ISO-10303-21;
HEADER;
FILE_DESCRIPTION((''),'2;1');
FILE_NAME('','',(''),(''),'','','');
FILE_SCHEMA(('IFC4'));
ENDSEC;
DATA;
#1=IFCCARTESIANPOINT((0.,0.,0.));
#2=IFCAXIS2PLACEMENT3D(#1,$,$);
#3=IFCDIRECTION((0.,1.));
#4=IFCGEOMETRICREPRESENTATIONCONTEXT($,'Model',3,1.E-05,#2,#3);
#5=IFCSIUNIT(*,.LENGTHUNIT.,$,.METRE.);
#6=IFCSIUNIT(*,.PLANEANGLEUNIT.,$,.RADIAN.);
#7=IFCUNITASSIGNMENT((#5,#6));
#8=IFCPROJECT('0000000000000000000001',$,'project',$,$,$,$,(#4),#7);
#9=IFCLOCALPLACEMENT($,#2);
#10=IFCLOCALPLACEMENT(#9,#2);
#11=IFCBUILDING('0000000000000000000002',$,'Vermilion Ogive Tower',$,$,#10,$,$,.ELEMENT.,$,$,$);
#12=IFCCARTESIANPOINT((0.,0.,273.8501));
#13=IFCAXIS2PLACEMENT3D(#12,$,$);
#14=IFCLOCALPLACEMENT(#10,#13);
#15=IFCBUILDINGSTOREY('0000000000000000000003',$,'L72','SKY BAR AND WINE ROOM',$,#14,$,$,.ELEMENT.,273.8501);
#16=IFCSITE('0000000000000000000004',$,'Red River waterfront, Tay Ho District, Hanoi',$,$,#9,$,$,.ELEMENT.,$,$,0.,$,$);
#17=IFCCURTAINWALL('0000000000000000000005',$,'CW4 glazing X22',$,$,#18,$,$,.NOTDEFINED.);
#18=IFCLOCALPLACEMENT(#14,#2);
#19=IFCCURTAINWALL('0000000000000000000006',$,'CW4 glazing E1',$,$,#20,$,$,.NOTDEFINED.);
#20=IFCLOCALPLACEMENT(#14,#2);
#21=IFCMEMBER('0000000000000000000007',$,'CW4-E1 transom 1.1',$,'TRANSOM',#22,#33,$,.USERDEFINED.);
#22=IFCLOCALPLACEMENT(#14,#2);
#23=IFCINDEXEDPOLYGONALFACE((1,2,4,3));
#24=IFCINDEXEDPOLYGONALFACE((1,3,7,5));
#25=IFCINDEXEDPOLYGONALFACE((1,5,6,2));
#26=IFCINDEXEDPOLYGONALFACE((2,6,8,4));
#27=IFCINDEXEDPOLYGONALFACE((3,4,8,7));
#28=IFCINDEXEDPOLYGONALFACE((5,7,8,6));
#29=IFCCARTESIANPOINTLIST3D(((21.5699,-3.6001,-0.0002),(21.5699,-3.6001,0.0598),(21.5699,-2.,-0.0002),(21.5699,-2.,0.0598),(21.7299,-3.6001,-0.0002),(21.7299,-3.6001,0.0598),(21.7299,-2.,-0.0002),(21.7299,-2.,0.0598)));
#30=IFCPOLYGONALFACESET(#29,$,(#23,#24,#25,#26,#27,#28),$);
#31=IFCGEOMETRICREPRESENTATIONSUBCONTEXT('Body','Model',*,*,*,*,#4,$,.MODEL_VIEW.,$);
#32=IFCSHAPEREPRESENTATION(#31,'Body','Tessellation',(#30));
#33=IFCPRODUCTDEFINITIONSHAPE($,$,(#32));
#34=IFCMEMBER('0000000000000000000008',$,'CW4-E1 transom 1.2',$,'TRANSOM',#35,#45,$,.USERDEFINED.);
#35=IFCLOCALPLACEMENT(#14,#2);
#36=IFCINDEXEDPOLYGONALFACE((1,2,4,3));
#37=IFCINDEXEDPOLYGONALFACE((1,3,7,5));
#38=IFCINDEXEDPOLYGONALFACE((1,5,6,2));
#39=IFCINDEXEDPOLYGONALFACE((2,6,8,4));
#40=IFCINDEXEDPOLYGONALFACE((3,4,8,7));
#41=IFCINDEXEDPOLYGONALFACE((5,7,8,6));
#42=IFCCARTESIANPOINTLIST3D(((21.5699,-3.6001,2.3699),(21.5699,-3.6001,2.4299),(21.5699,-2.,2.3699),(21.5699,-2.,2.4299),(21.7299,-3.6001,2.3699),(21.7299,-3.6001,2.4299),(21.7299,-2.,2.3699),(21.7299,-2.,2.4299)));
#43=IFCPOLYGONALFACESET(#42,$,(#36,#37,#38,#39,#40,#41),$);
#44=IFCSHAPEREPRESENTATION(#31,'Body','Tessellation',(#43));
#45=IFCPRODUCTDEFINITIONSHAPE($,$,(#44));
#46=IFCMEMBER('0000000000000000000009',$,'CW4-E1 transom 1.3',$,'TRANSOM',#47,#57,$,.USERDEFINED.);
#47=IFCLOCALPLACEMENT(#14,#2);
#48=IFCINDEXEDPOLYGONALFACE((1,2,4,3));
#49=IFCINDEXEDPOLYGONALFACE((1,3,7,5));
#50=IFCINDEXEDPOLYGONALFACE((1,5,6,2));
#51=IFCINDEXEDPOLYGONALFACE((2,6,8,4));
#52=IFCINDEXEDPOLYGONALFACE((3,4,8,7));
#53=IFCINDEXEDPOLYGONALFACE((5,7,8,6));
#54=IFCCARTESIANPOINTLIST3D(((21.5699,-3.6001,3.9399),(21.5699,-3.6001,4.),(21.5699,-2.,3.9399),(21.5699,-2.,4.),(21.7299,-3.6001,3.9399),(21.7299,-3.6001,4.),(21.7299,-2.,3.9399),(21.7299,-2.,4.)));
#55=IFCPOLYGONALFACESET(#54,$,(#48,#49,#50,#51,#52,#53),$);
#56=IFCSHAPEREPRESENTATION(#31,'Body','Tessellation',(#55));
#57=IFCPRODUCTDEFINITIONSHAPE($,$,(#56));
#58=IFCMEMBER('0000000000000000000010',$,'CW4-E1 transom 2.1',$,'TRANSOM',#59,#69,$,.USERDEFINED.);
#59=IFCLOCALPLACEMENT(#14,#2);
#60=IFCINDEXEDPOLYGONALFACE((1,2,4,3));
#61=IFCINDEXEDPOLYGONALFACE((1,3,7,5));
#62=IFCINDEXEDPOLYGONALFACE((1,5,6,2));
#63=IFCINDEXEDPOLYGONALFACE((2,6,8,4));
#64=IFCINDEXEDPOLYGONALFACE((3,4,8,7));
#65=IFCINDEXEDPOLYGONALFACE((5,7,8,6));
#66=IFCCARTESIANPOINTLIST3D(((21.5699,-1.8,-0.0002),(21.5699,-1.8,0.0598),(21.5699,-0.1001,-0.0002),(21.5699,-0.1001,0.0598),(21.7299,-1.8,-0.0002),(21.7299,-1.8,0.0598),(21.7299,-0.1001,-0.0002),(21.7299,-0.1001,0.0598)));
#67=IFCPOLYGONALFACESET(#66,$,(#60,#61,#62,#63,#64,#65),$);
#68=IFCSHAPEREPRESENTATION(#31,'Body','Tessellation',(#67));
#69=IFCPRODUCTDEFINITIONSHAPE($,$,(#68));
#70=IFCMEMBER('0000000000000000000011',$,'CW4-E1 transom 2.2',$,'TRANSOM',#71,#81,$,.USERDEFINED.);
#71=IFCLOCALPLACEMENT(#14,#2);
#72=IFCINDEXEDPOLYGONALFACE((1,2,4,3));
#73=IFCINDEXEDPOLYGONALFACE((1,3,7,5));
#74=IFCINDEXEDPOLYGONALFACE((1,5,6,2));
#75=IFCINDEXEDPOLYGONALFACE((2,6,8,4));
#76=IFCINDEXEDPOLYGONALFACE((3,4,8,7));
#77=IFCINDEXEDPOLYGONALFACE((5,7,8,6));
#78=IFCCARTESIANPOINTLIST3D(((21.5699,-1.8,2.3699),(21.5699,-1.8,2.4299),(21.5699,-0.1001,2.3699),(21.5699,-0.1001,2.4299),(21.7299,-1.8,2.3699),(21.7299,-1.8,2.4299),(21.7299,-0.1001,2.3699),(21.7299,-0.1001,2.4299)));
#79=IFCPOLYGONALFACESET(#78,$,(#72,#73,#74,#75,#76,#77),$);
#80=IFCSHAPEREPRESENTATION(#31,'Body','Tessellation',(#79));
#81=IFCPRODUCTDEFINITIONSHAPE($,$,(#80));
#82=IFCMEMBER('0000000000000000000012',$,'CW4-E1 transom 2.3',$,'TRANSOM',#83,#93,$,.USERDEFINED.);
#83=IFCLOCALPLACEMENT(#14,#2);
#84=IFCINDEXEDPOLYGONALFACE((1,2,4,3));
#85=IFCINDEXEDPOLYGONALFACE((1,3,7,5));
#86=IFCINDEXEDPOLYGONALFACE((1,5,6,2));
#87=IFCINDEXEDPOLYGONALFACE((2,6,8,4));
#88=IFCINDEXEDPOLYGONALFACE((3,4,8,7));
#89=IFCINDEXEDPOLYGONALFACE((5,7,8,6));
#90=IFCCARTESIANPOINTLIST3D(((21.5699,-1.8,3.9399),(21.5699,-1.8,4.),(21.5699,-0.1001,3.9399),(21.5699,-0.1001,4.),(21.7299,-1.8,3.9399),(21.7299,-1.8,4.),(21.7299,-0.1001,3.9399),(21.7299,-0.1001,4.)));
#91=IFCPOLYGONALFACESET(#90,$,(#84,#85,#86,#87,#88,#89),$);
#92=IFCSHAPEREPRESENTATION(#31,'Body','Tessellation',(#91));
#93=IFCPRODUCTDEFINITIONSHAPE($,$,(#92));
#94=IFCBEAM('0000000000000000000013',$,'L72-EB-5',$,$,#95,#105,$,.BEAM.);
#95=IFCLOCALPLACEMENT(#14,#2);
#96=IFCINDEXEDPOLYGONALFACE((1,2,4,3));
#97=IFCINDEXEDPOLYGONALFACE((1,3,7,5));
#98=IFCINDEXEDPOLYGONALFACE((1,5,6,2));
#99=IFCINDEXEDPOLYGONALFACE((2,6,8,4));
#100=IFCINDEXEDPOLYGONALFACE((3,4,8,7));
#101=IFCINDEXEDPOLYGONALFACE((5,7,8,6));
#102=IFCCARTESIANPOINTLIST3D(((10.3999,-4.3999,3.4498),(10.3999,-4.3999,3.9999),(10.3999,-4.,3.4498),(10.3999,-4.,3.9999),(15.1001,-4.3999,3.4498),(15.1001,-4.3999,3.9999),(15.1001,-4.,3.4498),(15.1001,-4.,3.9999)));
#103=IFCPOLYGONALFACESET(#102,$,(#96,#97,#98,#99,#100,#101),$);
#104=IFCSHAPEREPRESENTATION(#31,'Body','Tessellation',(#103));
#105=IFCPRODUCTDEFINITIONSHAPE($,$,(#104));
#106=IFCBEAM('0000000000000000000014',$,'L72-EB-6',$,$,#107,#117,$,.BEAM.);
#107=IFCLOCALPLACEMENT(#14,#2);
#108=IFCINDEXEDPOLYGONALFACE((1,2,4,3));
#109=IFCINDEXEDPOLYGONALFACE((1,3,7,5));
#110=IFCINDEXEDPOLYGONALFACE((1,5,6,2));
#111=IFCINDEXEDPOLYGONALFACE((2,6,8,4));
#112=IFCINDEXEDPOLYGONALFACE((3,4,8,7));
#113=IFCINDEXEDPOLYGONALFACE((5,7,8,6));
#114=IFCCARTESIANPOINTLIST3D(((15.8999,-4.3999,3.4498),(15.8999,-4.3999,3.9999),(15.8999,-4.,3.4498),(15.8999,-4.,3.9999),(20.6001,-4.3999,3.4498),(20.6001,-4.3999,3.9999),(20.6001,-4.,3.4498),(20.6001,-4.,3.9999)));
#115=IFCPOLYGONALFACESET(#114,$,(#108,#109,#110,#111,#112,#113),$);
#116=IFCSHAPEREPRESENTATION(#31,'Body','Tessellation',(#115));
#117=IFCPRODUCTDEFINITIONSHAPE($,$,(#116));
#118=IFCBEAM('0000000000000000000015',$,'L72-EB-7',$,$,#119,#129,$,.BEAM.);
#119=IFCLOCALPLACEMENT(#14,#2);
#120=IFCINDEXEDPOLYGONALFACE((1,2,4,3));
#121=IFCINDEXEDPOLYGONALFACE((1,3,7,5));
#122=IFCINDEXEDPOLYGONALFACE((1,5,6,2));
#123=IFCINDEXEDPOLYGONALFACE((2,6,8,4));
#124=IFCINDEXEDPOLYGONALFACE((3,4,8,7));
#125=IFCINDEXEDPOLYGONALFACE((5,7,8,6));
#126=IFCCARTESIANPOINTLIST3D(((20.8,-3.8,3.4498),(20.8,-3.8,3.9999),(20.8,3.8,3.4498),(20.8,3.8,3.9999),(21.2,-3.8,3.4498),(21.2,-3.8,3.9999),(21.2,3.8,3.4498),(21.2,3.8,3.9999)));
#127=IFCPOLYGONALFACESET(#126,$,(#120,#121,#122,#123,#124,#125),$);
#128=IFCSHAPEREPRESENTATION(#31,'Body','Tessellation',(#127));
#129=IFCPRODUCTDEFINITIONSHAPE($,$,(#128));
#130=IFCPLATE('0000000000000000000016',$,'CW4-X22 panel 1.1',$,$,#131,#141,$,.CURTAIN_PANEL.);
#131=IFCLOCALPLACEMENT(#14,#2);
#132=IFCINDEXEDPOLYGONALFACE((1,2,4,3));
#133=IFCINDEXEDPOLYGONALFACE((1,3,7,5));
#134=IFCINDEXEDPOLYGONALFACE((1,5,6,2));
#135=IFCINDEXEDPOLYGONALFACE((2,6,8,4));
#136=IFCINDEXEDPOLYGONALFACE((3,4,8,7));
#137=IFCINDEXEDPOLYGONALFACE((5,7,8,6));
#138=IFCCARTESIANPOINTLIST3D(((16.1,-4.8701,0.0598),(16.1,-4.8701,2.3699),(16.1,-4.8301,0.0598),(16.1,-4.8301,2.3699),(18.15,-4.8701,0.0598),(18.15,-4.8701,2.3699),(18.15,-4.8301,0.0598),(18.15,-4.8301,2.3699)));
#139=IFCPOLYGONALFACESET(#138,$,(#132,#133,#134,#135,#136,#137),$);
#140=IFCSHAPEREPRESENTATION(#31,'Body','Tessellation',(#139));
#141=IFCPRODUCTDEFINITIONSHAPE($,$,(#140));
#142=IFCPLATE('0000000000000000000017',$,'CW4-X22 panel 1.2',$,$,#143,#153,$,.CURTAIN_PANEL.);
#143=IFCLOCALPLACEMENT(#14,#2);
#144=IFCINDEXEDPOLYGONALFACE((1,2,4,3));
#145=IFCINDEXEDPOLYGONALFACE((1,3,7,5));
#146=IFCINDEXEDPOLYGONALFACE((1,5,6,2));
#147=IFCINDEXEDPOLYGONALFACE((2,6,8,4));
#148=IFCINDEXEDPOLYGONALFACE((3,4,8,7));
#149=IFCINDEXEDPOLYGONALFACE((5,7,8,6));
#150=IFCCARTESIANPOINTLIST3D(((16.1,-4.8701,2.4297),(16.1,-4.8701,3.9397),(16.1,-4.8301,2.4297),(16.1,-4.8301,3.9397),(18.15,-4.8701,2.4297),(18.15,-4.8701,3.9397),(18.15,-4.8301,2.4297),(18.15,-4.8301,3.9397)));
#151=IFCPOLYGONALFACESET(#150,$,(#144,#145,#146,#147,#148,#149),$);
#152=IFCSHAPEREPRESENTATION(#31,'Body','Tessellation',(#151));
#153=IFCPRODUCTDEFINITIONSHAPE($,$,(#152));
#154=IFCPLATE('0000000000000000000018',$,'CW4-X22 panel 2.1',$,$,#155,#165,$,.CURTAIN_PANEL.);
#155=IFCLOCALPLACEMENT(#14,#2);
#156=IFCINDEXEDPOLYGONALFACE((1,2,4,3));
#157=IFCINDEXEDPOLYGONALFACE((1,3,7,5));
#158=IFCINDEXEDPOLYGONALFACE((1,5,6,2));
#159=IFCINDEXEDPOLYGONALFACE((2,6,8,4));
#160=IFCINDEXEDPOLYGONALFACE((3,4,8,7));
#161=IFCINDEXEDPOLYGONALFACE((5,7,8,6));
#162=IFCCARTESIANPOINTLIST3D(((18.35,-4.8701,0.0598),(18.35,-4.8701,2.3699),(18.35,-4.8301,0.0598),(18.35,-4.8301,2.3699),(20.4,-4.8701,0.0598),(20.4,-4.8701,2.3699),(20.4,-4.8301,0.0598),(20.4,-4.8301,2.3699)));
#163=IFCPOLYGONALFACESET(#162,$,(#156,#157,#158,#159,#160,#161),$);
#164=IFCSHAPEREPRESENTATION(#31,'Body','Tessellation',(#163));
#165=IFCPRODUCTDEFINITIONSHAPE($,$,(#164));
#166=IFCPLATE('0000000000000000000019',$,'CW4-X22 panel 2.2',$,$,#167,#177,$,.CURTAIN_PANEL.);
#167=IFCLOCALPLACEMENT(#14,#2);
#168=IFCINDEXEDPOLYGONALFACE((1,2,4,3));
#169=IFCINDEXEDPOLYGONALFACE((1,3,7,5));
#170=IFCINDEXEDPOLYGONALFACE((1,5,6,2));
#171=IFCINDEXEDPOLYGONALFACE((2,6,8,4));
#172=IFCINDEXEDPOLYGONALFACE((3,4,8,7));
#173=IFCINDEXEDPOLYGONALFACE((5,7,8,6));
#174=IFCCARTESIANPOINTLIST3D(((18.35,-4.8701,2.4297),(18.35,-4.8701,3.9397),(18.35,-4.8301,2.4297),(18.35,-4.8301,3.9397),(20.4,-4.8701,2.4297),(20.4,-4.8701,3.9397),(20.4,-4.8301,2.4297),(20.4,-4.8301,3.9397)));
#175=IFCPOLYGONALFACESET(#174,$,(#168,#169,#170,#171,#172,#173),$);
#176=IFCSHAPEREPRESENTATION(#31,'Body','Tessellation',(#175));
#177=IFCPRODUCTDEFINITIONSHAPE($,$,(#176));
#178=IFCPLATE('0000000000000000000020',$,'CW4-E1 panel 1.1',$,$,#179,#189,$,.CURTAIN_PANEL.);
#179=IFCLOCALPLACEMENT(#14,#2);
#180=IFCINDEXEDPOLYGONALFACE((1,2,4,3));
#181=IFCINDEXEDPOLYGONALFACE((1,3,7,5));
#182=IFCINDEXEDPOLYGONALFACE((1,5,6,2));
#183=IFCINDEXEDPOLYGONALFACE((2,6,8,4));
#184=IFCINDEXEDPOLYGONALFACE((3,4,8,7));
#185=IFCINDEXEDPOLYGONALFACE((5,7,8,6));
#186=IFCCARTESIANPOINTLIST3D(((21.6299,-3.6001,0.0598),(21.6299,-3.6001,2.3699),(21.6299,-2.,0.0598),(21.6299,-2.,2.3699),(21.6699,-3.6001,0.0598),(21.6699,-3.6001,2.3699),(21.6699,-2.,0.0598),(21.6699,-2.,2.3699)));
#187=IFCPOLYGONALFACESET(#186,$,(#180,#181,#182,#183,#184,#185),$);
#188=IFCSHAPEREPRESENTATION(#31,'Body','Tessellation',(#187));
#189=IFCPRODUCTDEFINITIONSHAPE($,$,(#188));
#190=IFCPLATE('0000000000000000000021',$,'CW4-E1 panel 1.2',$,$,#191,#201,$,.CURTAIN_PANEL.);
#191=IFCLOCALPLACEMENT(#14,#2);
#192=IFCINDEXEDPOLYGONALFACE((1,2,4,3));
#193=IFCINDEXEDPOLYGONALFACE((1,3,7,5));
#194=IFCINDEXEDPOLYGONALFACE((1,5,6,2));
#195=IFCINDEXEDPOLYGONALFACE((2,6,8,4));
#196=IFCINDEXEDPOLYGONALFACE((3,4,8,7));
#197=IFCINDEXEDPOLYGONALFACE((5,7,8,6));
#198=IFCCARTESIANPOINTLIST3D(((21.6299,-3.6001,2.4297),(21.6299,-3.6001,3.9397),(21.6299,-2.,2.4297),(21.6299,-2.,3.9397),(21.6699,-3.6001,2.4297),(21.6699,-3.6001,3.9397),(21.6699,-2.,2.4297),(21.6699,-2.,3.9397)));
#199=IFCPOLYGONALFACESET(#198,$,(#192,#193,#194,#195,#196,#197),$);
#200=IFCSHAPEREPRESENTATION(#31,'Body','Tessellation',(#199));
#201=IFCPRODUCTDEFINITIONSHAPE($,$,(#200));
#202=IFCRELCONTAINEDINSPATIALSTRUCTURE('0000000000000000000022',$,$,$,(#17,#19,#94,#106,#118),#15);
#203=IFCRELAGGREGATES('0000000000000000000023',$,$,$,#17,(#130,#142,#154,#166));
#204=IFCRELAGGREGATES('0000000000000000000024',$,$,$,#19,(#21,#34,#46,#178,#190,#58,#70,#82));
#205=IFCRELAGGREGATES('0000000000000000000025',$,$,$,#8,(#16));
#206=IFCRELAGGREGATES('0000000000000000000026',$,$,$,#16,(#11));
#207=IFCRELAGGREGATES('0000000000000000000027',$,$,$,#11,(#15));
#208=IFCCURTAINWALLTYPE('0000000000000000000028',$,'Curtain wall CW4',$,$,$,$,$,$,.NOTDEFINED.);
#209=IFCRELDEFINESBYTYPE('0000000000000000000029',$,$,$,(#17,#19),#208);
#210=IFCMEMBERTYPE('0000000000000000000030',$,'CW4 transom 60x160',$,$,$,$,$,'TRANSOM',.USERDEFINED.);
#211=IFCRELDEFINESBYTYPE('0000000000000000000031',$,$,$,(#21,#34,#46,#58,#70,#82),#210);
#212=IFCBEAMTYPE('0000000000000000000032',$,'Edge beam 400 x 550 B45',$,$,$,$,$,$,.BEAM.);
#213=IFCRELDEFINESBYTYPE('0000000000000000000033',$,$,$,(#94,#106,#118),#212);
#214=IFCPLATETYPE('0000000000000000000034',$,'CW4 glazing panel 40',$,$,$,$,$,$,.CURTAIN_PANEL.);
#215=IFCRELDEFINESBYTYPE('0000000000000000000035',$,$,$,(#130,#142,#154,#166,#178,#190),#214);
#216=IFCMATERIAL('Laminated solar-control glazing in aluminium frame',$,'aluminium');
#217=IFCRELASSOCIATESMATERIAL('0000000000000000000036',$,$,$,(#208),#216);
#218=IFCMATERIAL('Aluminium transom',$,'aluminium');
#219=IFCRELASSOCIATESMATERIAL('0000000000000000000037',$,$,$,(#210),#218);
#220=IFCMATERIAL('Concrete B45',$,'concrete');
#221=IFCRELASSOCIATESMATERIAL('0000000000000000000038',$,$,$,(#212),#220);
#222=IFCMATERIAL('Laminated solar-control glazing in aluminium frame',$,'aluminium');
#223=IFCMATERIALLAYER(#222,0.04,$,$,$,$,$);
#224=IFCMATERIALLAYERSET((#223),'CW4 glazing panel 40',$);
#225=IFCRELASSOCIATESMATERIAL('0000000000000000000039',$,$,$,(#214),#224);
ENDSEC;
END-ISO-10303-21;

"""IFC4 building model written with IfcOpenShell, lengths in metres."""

from ifc_helpers import new_model, si_unit, direction, frame, origin, origin_2d, place, context, subcontext, project, spatial, rectangle, extrude, material, layer, layer_set, material_profile, profile_set, type_object, element, aggregate, save


model = new_model("IFC4")

# Units and contexts
model_context = context("Model", 3, precision=1e-05, world=origin(), true_north=direction((0.0, 1.0)))
body_context = subcontext(model_context, "Body", "Model", "MODEL_VIEW")
ifc_project = project(units=[si_unit("LENGTHUNIT", "METRE"), si_unit("PLANEANGLEUNIT", "RADIAN")], contexts=[model_context])

# Site, building, storey
site_placement = place(None, origin())
site = spatial("IfcSite", under=ifc_project, at=site_placement, Name="Red River waterfront, Tay Ho District, Hanoi", CompositionType="ELEMENT", RefElevation=0.0)
building_placement = place(site_placement, origin())
building = spatial("IfcBuilding", under=site, at=building_placement, Name="Vermilion Ogive Tower", CompositionType="ELEMENT")
storey_placement = place(building_placement, frame((0.0, 0.0, 273.8501)))
storey = spatial("IfcBuildingStorey", under=building, at=storey_placement, Name="L72", Description="SKY BAR AND WINE ROOM", CompositionType="ELEMENT", Elevation=273.8501)

# Shared definitions
ifc_material_1 = material(Name="Laminated solar-control glazing in aluminium frame", Category="aluminium")
curtain_wall_type = type_object("IfcCurtainWallType", Name="Curtain wall CW4", PredefinedType="NOTDEFINED", material=ifc_material_1)

# Curtain walls
curtain_wall_1_placement = place(storey_placement, origin())
curtain_wall_1 = element("IfcCurtainWall", 1, at=curtain_wall_1_placement, inside=storey, type_object=curtain_wall_type, Name="CW4 glazing X22", PredefinedType="NOTDEFINED")
curtain_wall_2_placement = place(storey_placement, origin())
curtain_wall_2 = element("IfcCurtainWall", 2, at=curtain_wall_2_placement, inside=storey, type_object=curtain_wall_type, Name="CW4 glazing E1", PredefinedType="NOTDEFINED")

# Members
ifc_material_2 = material(Name="Aluminium transom", Category="aluminium")
ifc_material_profile_1 = material_profile(ifc_material_2, rectangle(XDim=0.1599, YDim=0.0601, at=origin_2d()), Name="AL 60x160")
ifc_profile_set_1 = profile_set([ifc_material_profile_1], Name="Aluminium transom")
member_type_1 = type_object("IfcMemberType", Name="CW4 transom 60x160", ElementType="TRANSOM", PredefinedType="USERDEFINED", material=ifc_profile_set_1)
member_1_placement = place(storey_placement, frame((21.6499, -3.6001, 0.0298), z_axis=(0.0, 1.0, 0.0), x_axis=(-1.0, 0.0, 0.0)))
member_1 = element("IfcMember", 3, at=member_1_placement, type_object=member_type_1, Name="CW4-E1 transom 1.1", ObjectType="TRANSOM", PredefinedType="USERDEFINED", context=body_context, shape_type="SweptSolid", body=[
    extrude(rectangle(XDim=0.1599, YDim=0.0601, at=origin_2d()), origin(), (0.0, 0.0, 1.0), 1.6001),
])
member_2_placement = place(storey_placement, frame((21.6499, -3.6001, 2.3999), z_axis=(0.0, 1.0, 0.0), x_axis=(-1.0, 0.0, 0.0)))
member_2 = element("IfcMember", 4, at=member_2_placement, type_object=member_type_1, Name="CW4-E1 transom 1.2", ObjectType="TRANSOM", PredefinedType="USERDEFINED", context=body_context, shape_type="SweptSolid", body=[
    extrude(rectangle(XDim=0.1599, YDim=0.0601, at=origin_2d()), origin(), (0.0, 0.0, 1.0), 1.6001),
])
member_3_placement = place(storey_placement, frame((21.6499, -3.6001, 3.97), z_axis=(0.0, 1.0, 0.0), x_axis=(-1.0, 0.0, 0.0)))
member_3 = element("IfcMember", 5, at=member_3_placement, type_object=member_type_1, Name="CW4-E1 transom 1.3", ObjectType="TRANSOM", PredefinedType="USERDEFINED", context=body_context, shape_type="SweptSolid", body=[
    extrude(rectangle(XDim=0.1599, YDim=0.0601, at=origin_2d()), origin(), (0.0, 0.0, 1.0), 1.6001),
])
member_4_placement = place(storey_placement, frame((21.6499, -1.8, 0.0298), z_axis=(0.0, 1.0, 0.0), x_axis=(-1.0, 0.0, 0.0)))
member_4 = element("IfcMember", 6, at=member_4_placement, type_object=member_type_1, Name="CW4-E1 transom 2.1", ObjectType="TRANSOM", PredefinedType="USERDEFINED", context=body_context, shape_type="SweptSolid", body=[
    extrude(rectangle(XDim=0.1599, YDim=0.0601, at=origin_2d()), origin(), (0.0, 0.0, 1.0), 1.7),
])
member_5_placement = place(storey_placement, frame((21.6499, -1.8, 2.3999), z_axis=(0.0, 1.0, 0.0), x_axis=(-1.0, 0.0, 0.0)))
member_5 = element("IfcMember", 7, at=member_5_placement, type_object=member_type_1, Name="CW4-E1 transom 2.2", ObjectType="TRANSOM", PredefinedType="USERDEFINED", context=body_context, shape_type="SweptSolid", body=[
    extrude(rectangle(XDim=0.1599, YDim=0.0601, at=origin_2d()), origin(), (0.0, 0.0, 1.0), 1.7),
])
member_6_placement = place(storey_placement, frame((21.6499, -1.8, 3.97), z_axis=(0.0, 1.0, 0.0), x_axis=(-1.0, 0.0, 0.0)))
member_6 = element("IfcMember", 8, at=member_6_placement, type_object=member_type_1, Name="CW4-E1 transom 2.3", ObjectType="TRANSOM", PredefinedType="USERDEFINED", context=body_context, shape_type="SweptSolid", body=[
    extrude(rectangle(XDim=0.1599, YDim=0.0601, at=origin_2d()), origin(), (0.0, 0.0, 1.0), 1.7),
])

# Beams
ifc_material_3 = material(Name="Concrete B45", Category="concrete")
ifc_material_profile_2 = material_profile(ifc_material_3, rectangle(XDim=0.3999, YDim=0.55, at=origin_2d()), Name="400 x 550")
ifc_profile_set_2 = profile_set([ifc_material_profile_2], Name="Concrete B45")
beam_type = type_object("IfcBeamType", Name="Edge beam 400 x 550 B45", PredefinedType="BEAM", material=ifc_profile_set_2)
for number, where, z_axis, x_axis, name in (
    (9, (10.3999, -4.2, 3.7249), (1.0, 0.0, 0.0), (0.0, 1.0, 0.0), "L72-EB-5"),
    (10, (15.8999, -4.2, 3.7249), (1.0, 0.0, 0.0), (0.0, 1.0, 0.0), "L72-EB-6"),
):
    element("IfcBeam", number, at=place(storey_placement, frame(where, z_axis=z_axis, x_axis=x_axis)), inside=storey, type_object=beam_type, Name=name, PredefinedType="BEAM", context=body_context, shape_type="SweptSolid", body=[
        extrude(rectangle(XDim=0.3999, YDim=0.55, at=origin_2d()), origin(), (0.0, 0.0, 1.0), 4.7002),
    ])
beam_placement = place(storey_placement, frame((21.0, -3.8, 3.7249), z_axis=(0.0, 1.0, 0.0), x_axis=(-1.0, 0.0, 0.0)))
element("IfcBeam", 11, at=beam_placement, inside=storey, type_object=beam_type, Name="L72-EB-7", PredefinedType="BEAM", context=body_context, shape_type="SweptSolid", body=[
    extrude(rectangle(XDim=0.3999, YDim=0.55, at=origin_2d()), origin(), (0.0, 0.0, 1.0), 7.6001),
])

# Plates
ifc_material_4 = material(Name="Laminated solar-control glazing in aluminium frame", Category="aluminium")
ifc_layer_1 = layer(ifc_material_4, 0.04)
ifc_layer_set_1 = layer_set([ifc_layer_1], Name="CW4 glazing panel 40")
plate_type = type_object("IfcPlateType", Name="CW4 glazing panel 40", PredefinedType="CURTAIN_PANEL", material=ifc_layer_set_1)
plate_1_placement = place(storey_placement, frame((17.125, -4.8501, 0.0598), z_axis=(0.0, 0.0, 1.0), x_axis=(1.0, 0.0, 0.0)))
plate_1 = element("IfcPlate", 12, at=plate_1_placement, type_object=plate_type, Name="CW4-X22 panel 1.1", PredefinedType="CURTAIN_PANEL", context=body_context, shape_type="SweptSolid", body=[
    extrude(rectangle(XDim=2.05, YDim=0.04, at=origin_2d()), origin(), (0.0, 0.0, 1.0), 2.3101),
])
plate_2_placement = place(storey_placement, frame((17.125, -4.8501, 2.4297), z_axis=(0.0, 0.0, 1.0), x_axis=(1.0, 0.0, 0.0)))
plate_2 = element("IfcPlate", 13, at=plate_2_placement, type_object=plate_type, Name="CW4-X22 panel 1.2", PredefinedType="CURTAIN_PANEL", context=body_context, shape_type="SweptSolid", body=[
    extrude(rectangle(XDim=2.05, YDim=0.04, at=origin_2d()), origin(), (0.0, 0.0, 1.0), 1.51),
])
plate_3_placement = place(storey_placement, frame((19.375, -4.8501, 0.0598), z_axis=(0.0, 0.0, 1.0), x_axis=(1.0, 0.0, 0.0)))
plate_3 = element("IfcPlate", 14, at=plate_3_placement, type_object=plate_type, Name="CW4-X22 panel 2.1", PredefinedType="CURTAIN_PANEL", context=body_context, shape_type="SweptSolid", body=[
    extrude(rectangle(XDim=2.05, YDim=0.04, at=origin_2d()), origin(), (0.0, 0.0, 1.0), 2.3101),
])
plate_4_placement = place(storey_placement, frame((19.375, -4.8501, 2.4297), z_axis=(0.0, 0.0, 1.0), x_axis=(1.0, 0.0, 0.0)))
plate_4 = element("IfcPlate", 15, at=plate_4_placement, type_object=plate_type, Name="CW4-X22 panel 2.2", PredefinedType="CURTAIN_PANEL", context=body_context, shape_type="SweptSolid", body=[
    extrude(rectangle(XDim=2.05, YDim=0.04, at=origin_2d()), origin(), (0.0, 0.0, 1.0), 1.51),
])
aggregate(curtain_wall_1, [plate_1, plate_2, plate_3, plate_4])
plate_5_placement = place(storey_placement, frame((21.6499, -2.8, 0.0598), z_axis=(0.0, 0.0, 1.0), x_axis=(0.0, 1.0, 0.0)))
plate_5 = element("IfcPlate", 16, at=plate_5_placement, type_object=plate_type, Name="CW4-E1 panel 1.1", PredefinedType="CURTAIN_PANEL", context=body_context, shape_type="SweptSolid", body=[
    extrude(rectangle(XDim=1.6001, YDim=0.04, at=origin_2d()), origin(), (0.0, 0.0, 1.0), 2.3101),
])
plate_6_placement = place(storey_placement, frame((21.6499, -2.8, 2.4297), z_axis=(0.0, 0.0, 1.0), x_axis=(0.0, 1.0, 0.0)))
plate_6 = element("IfcPlate", 17, at=plate_6_placement, type_object=plate_type, Name="CW4-E1 panel 1.2", PredefinedType="CURTAIN_PANEL", context=body_context, shape_type="SweptSolid", body=[
    extrude(rectangle(XDim=1.6001, YDim=0.04, at=origin_2d()), origin(), (0.0, 0.0, 1.0), 1.51),
])
aggregate(curtain_wall_2, [member_1, member_2, member_3, plate_5, plate_6, member_4, member_5, member_6])

save(model, "model.ifc")
